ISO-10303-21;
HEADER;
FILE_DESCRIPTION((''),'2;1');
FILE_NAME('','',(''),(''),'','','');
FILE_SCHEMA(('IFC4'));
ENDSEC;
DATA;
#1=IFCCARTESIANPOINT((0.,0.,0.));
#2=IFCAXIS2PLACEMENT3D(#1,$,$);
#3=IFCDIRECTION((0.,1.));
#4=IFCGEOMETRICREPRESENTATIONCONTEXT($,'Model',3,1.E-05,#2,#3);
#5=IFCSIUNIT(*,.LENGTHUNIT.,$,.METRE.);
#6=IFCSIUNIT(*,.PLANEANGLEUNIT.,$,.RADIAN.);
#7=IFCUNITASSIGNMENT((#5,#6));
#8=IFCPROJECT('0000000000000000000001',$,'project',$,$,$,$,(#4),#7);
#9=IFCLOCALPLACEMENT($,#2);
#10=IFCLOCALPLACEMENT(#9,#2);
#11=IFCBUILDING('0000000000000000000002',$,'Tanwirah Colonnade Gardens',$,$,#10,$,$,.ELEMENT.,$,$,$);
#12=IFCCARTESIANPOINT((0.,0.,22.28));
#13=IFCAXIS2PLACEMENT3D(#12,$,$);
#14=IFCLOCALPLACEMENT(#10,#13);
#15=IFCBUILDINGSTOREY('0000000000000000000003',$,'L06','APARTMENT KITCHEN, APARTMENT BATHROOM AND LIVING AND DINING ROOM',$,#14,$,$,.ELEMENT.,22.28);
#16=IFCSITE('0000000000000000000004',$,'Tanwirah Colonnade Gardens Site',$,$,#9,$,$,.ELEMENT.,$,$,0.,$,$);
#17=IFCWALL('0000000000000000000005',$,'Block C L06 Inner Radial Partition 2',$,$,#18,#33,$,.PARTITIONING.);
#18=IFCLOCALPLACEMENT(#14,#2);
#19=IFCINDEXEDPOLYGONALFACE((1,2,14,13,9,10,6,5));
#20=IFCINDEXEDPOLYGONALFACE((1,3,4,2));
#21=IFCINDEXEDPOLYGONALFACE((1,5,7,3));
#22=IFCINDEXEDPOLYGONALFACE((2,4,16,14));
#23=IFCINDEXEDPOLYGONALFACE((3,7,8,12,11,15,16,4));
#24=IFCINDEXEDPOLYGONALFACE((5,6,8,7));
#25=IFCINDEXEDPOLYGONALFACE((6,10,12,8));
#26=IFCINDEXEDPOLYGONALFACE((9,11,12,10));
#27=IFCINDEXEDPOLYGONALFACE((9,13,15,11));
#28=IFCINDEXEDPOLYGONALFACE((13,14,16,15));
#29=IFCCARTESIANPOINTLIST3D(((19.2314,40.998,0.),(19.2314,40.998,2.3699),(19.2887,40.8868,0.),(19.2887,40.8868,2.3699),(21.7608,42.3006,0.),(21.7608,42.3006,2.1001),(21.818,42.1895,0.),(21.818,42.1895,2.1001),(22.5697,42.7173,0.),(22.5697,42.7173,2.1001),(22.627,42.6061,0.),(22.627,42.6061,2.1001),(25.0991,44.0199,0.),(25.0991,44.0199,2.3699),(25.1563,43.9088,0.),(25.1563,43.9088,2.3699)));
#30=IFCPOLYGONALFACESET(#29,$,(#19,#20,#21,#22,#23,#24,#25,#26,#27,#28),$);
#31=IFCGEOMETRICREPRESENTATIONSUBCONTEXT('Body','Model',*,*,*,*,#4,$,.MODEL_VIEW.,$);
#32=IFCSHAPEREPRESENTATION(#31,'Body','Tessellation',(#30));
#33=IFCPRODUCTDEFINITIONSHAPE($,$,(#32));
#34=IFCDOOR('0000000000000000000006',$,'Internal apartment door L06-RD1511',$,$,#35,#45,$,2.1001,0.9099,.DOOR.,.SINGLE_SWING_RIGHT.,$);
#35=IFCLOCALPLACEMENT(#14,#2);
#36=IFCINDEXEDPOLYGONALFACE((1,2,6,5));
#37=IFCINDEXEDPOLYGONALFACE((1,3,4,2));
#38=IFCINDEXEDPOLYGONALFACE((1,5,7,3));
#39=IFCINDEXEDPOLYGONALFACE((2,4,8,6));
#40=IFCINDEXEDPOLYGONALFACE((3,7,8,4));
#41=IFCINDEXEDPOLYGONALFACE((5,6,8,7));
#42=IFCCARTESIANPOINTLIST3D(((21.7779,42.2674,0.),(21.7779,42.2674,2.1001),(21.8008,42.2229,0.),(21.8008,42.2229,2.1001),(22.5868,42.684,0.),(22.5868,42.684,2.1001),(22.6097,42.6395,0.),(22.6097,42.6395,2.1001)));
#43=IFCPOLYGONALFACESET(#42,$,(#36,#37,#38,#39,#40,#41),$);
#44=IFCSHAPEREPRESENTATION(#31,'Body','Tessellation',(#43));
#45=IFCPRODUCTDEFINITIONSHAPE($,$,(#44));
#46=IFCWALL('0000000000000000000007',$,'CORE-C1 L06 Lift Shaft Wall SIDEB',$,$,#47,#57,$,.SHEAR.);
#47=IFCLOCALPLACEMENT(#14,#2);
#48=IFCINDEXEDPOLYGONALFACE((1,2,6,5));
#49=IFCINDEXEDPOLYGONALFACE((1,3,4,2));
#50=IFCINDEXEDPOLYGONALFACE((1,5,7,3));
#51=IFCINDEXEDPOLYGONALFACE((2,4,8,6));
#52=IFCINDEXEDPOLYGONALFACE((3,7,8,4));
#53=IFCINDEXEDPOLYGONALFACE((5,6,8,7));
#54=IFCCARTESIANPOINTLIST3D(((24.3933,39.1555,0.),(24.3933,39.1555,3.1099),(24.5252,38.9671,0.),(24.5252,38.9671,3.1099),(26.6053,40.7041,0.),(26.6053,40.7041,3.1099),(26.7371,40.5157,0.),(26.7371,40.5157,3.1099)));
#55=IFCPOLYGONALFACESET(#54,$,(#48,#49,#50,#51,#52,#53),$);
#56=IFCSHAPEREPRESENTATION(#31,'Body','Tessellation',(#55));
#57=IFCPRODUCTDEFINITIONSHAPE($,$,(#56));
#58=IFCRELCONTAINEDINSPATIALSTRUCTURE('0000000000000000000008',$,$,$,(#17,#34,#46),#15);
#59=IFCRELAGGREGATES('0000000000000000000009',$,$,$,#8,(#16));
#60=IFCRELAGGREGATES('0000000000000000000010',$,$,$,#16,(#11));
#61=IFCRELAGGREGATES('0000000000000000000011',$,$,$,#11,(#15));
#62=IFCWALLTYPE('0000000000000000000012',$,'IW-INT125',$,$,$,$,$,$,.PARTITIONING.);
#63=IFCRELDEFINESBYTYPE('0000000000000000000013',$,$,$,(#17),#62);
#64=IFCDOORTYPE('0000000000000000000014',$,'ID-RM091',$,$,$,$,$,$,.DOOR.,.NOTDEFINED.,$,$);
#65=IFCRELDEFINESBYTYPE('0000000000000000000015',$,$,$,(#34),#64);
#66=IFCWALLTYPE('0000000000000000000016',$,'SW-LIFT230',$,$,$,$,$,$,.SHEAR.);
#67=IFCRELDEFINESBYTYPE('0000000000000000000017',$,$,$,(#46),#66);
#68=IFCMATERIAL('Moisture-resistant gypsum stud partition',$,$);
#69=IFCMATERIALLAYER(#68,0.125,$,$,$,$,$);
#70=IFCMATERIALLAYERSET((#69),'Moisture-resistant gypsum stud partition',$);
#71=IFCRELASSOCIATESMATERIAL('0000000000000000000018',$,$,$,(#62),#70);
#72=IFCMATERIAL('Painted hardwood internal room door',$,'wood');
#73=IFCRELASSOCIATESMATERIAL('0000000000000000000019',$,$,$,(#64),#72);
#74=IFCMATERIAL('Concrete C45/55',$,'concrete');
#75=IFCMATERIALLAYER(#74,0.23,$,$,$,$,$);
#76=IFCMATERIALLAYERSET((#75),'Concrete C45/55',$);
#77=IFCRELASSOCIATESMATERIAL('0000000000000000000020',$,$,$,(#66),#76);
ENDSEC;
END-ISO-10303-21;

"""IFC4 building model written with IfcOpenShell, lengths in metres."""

from ifc_helpers import new_model, si_unit, direction, frame, frame_2d, origin, place, context, subcontext, project, spatial, rectangle, extrude, material, layer, layer_set, type_object, element, fill, save


model = new_model("IFC4")

# Units and contexts
model_context = context("Model", 3, precision=1e-05, world=origin(), true_north=direction((0.0, 1.0)))
body_context = subcontext(model_context, "Body", "Model", "MODEL_VIEW")
ifc_project = project(units=[si_unit("LENGTHUNIT", "METRE"), si_unit("PLANEANGLEUNIT", "RADIAN")], contexts=[model_context])

# Site, building, storey
site_placement = place(None, origin())
site = spatial("IfcSite", under=ifc_project, at=site_placement, Name="Tanwirah Colonnade Gardens Site", CompositionType="ELEMENT", RefElevation=0.0)
building_placement = place(site_placement, origin())
building = spatial("IfcBuilding", under=site, at=building_placement, Name="Tanwirah Colonnade Gardens", CompositionType="ELEMENT")
storey_placement = place(building_placement, frame((0.0, 0.0, 22.28)))
storey = spatial("IfcBuildingStorey", under=building, at=storey_placement, Name="L06", Description="APARTMENT KITCHEN, APARTMENT BATHROOM AND LIVING AND DINING ROOM", CompositionType="ELEMENT", Elevation=22.28)

# Wall, opening, door
ifc_material_1 = material(Name="Moisture-resistant gypsum stud partition")
ifc_layer_1 = layer(ifc_material_1, 0.125)
ifc_layer_set_1 = layer_set([ifc_layer_1], Name="Moisture-resistant gypsum stud partition")
wall_type_1 = type_object("IfcWallType", Name="IW-INT125", PredefinedType="PARTITIONING", material=ifc_layer_set_1)
wall_1_placement = place(storey_placement, frame((25.1277, 43.9644, 0.0), z_axis=(0.0, 0.0, 1.0), x_axis=(-0.889022, -0.457864, 0.0)))
wall_1 = element("IfcWall", 1, at=wall_1_placement, inside=storey, type_object=wall_type_1, Name="Block C L06 Inner Radial Partition 2", PredefinedType="PARTITIONING", context=body_context, shape_type="SweptSolid", body=[
    extrude(rectangle(XDim=6.6001, YDim=0.125, at=frame_2d((3.3, 0.0))), origin(), (0.0, 0.0, 1.0), 2.3699),
])
opening_1_placement = place(wall_1_placement, frame((2.845, 0.0, 0.0)))
opening_1 = element("IfcOpeningElement", 2, at=opening_1_placement, cuts=wall_1, PredefinedType="OPENING", context=body_context, shape_type="SweptSolid", body=[
    extrude(rectangle(XDim=0.9099, YDim=2.1001, at=frame_2d((0.4551, 1.05))), frame((0.0, 0.0725, 0.0), z_axis=(0.0, -1.0, 0.0), x_axis=(1.0, 0.0, 0.0)), (0.0, 0.0, 1.0), 0.145),
])
ifc_material_2 = material(Name="Painted hardwood internal room door", Category="wood")
door_type_1 = type_object("IfcDoorType", Name="ID-RM091", OperationType="NOTDEFINED", PredefinedType="DOOR", material=ifc_material_2)
door_1_placement = place(opening_1_placement, origin())
door_1 = element("IfcDoor", 3, at=door_1_placement, inside=storey, type_object=door_type_1, Name="Internal apartment door L06-RD1511", OperationType="SINGLE_SWING_RIGHT", OverallHeight=2.1001, OverallWidth=0.9099, PredefinedType="DOOR", context=body_context, shape_type="SweptSolid", body=[
    extrude(rectangle(XDim=0.9099, YDim=2.1001, at=frame_2d((0.4551, 1.05))), frame((0.0, 0.0249, 0.0), z_axis=(0.0, -1.0, 0.0), x_axis=(1.0, 0.0, 0.0)), (0.0, 0.0, 1.0), 0.05),
])
fill(opening_1, door_1)

# Wall
ifc_material_3 = material(Name="Concrete C45/55", Category="concrete")
ifc_layer_2 = layer(ifc_material_3, 0.23)
ifc_layer_set_2 = layer_set([ifc_layer_2], Name="Concrete C45/55")
wall_type_2 = type_object("IfcWallType", Name="SW-LIFT230", PredefinedType="SHEAR", material=ifc_layer_set_2)
wall_2_placement = place(storey_placement, frame((24.4592, 39.0613, 0.0), z_axis=(0.0, 0.0, 1.0), x_axis=(0.819189, 0.573523, 0.0)))
element("IfcWall", 4, at=wall_2_placement, inside=storey, type_object=wall_type_2, Name="CORE-C1 L06 Lift Shaft Wall SIDEB", PredefinedType="SHEAR", context=body_context, shape_type="SweptSolid", body=[
    extrude(rectangle(XDim=2.7002, YDim=0.23, at=frame_2d((1.3501, 0.0))), origin(), (0.0, 0.0, 1.0), 3.1099),
])

save(model, "model.ifc")
